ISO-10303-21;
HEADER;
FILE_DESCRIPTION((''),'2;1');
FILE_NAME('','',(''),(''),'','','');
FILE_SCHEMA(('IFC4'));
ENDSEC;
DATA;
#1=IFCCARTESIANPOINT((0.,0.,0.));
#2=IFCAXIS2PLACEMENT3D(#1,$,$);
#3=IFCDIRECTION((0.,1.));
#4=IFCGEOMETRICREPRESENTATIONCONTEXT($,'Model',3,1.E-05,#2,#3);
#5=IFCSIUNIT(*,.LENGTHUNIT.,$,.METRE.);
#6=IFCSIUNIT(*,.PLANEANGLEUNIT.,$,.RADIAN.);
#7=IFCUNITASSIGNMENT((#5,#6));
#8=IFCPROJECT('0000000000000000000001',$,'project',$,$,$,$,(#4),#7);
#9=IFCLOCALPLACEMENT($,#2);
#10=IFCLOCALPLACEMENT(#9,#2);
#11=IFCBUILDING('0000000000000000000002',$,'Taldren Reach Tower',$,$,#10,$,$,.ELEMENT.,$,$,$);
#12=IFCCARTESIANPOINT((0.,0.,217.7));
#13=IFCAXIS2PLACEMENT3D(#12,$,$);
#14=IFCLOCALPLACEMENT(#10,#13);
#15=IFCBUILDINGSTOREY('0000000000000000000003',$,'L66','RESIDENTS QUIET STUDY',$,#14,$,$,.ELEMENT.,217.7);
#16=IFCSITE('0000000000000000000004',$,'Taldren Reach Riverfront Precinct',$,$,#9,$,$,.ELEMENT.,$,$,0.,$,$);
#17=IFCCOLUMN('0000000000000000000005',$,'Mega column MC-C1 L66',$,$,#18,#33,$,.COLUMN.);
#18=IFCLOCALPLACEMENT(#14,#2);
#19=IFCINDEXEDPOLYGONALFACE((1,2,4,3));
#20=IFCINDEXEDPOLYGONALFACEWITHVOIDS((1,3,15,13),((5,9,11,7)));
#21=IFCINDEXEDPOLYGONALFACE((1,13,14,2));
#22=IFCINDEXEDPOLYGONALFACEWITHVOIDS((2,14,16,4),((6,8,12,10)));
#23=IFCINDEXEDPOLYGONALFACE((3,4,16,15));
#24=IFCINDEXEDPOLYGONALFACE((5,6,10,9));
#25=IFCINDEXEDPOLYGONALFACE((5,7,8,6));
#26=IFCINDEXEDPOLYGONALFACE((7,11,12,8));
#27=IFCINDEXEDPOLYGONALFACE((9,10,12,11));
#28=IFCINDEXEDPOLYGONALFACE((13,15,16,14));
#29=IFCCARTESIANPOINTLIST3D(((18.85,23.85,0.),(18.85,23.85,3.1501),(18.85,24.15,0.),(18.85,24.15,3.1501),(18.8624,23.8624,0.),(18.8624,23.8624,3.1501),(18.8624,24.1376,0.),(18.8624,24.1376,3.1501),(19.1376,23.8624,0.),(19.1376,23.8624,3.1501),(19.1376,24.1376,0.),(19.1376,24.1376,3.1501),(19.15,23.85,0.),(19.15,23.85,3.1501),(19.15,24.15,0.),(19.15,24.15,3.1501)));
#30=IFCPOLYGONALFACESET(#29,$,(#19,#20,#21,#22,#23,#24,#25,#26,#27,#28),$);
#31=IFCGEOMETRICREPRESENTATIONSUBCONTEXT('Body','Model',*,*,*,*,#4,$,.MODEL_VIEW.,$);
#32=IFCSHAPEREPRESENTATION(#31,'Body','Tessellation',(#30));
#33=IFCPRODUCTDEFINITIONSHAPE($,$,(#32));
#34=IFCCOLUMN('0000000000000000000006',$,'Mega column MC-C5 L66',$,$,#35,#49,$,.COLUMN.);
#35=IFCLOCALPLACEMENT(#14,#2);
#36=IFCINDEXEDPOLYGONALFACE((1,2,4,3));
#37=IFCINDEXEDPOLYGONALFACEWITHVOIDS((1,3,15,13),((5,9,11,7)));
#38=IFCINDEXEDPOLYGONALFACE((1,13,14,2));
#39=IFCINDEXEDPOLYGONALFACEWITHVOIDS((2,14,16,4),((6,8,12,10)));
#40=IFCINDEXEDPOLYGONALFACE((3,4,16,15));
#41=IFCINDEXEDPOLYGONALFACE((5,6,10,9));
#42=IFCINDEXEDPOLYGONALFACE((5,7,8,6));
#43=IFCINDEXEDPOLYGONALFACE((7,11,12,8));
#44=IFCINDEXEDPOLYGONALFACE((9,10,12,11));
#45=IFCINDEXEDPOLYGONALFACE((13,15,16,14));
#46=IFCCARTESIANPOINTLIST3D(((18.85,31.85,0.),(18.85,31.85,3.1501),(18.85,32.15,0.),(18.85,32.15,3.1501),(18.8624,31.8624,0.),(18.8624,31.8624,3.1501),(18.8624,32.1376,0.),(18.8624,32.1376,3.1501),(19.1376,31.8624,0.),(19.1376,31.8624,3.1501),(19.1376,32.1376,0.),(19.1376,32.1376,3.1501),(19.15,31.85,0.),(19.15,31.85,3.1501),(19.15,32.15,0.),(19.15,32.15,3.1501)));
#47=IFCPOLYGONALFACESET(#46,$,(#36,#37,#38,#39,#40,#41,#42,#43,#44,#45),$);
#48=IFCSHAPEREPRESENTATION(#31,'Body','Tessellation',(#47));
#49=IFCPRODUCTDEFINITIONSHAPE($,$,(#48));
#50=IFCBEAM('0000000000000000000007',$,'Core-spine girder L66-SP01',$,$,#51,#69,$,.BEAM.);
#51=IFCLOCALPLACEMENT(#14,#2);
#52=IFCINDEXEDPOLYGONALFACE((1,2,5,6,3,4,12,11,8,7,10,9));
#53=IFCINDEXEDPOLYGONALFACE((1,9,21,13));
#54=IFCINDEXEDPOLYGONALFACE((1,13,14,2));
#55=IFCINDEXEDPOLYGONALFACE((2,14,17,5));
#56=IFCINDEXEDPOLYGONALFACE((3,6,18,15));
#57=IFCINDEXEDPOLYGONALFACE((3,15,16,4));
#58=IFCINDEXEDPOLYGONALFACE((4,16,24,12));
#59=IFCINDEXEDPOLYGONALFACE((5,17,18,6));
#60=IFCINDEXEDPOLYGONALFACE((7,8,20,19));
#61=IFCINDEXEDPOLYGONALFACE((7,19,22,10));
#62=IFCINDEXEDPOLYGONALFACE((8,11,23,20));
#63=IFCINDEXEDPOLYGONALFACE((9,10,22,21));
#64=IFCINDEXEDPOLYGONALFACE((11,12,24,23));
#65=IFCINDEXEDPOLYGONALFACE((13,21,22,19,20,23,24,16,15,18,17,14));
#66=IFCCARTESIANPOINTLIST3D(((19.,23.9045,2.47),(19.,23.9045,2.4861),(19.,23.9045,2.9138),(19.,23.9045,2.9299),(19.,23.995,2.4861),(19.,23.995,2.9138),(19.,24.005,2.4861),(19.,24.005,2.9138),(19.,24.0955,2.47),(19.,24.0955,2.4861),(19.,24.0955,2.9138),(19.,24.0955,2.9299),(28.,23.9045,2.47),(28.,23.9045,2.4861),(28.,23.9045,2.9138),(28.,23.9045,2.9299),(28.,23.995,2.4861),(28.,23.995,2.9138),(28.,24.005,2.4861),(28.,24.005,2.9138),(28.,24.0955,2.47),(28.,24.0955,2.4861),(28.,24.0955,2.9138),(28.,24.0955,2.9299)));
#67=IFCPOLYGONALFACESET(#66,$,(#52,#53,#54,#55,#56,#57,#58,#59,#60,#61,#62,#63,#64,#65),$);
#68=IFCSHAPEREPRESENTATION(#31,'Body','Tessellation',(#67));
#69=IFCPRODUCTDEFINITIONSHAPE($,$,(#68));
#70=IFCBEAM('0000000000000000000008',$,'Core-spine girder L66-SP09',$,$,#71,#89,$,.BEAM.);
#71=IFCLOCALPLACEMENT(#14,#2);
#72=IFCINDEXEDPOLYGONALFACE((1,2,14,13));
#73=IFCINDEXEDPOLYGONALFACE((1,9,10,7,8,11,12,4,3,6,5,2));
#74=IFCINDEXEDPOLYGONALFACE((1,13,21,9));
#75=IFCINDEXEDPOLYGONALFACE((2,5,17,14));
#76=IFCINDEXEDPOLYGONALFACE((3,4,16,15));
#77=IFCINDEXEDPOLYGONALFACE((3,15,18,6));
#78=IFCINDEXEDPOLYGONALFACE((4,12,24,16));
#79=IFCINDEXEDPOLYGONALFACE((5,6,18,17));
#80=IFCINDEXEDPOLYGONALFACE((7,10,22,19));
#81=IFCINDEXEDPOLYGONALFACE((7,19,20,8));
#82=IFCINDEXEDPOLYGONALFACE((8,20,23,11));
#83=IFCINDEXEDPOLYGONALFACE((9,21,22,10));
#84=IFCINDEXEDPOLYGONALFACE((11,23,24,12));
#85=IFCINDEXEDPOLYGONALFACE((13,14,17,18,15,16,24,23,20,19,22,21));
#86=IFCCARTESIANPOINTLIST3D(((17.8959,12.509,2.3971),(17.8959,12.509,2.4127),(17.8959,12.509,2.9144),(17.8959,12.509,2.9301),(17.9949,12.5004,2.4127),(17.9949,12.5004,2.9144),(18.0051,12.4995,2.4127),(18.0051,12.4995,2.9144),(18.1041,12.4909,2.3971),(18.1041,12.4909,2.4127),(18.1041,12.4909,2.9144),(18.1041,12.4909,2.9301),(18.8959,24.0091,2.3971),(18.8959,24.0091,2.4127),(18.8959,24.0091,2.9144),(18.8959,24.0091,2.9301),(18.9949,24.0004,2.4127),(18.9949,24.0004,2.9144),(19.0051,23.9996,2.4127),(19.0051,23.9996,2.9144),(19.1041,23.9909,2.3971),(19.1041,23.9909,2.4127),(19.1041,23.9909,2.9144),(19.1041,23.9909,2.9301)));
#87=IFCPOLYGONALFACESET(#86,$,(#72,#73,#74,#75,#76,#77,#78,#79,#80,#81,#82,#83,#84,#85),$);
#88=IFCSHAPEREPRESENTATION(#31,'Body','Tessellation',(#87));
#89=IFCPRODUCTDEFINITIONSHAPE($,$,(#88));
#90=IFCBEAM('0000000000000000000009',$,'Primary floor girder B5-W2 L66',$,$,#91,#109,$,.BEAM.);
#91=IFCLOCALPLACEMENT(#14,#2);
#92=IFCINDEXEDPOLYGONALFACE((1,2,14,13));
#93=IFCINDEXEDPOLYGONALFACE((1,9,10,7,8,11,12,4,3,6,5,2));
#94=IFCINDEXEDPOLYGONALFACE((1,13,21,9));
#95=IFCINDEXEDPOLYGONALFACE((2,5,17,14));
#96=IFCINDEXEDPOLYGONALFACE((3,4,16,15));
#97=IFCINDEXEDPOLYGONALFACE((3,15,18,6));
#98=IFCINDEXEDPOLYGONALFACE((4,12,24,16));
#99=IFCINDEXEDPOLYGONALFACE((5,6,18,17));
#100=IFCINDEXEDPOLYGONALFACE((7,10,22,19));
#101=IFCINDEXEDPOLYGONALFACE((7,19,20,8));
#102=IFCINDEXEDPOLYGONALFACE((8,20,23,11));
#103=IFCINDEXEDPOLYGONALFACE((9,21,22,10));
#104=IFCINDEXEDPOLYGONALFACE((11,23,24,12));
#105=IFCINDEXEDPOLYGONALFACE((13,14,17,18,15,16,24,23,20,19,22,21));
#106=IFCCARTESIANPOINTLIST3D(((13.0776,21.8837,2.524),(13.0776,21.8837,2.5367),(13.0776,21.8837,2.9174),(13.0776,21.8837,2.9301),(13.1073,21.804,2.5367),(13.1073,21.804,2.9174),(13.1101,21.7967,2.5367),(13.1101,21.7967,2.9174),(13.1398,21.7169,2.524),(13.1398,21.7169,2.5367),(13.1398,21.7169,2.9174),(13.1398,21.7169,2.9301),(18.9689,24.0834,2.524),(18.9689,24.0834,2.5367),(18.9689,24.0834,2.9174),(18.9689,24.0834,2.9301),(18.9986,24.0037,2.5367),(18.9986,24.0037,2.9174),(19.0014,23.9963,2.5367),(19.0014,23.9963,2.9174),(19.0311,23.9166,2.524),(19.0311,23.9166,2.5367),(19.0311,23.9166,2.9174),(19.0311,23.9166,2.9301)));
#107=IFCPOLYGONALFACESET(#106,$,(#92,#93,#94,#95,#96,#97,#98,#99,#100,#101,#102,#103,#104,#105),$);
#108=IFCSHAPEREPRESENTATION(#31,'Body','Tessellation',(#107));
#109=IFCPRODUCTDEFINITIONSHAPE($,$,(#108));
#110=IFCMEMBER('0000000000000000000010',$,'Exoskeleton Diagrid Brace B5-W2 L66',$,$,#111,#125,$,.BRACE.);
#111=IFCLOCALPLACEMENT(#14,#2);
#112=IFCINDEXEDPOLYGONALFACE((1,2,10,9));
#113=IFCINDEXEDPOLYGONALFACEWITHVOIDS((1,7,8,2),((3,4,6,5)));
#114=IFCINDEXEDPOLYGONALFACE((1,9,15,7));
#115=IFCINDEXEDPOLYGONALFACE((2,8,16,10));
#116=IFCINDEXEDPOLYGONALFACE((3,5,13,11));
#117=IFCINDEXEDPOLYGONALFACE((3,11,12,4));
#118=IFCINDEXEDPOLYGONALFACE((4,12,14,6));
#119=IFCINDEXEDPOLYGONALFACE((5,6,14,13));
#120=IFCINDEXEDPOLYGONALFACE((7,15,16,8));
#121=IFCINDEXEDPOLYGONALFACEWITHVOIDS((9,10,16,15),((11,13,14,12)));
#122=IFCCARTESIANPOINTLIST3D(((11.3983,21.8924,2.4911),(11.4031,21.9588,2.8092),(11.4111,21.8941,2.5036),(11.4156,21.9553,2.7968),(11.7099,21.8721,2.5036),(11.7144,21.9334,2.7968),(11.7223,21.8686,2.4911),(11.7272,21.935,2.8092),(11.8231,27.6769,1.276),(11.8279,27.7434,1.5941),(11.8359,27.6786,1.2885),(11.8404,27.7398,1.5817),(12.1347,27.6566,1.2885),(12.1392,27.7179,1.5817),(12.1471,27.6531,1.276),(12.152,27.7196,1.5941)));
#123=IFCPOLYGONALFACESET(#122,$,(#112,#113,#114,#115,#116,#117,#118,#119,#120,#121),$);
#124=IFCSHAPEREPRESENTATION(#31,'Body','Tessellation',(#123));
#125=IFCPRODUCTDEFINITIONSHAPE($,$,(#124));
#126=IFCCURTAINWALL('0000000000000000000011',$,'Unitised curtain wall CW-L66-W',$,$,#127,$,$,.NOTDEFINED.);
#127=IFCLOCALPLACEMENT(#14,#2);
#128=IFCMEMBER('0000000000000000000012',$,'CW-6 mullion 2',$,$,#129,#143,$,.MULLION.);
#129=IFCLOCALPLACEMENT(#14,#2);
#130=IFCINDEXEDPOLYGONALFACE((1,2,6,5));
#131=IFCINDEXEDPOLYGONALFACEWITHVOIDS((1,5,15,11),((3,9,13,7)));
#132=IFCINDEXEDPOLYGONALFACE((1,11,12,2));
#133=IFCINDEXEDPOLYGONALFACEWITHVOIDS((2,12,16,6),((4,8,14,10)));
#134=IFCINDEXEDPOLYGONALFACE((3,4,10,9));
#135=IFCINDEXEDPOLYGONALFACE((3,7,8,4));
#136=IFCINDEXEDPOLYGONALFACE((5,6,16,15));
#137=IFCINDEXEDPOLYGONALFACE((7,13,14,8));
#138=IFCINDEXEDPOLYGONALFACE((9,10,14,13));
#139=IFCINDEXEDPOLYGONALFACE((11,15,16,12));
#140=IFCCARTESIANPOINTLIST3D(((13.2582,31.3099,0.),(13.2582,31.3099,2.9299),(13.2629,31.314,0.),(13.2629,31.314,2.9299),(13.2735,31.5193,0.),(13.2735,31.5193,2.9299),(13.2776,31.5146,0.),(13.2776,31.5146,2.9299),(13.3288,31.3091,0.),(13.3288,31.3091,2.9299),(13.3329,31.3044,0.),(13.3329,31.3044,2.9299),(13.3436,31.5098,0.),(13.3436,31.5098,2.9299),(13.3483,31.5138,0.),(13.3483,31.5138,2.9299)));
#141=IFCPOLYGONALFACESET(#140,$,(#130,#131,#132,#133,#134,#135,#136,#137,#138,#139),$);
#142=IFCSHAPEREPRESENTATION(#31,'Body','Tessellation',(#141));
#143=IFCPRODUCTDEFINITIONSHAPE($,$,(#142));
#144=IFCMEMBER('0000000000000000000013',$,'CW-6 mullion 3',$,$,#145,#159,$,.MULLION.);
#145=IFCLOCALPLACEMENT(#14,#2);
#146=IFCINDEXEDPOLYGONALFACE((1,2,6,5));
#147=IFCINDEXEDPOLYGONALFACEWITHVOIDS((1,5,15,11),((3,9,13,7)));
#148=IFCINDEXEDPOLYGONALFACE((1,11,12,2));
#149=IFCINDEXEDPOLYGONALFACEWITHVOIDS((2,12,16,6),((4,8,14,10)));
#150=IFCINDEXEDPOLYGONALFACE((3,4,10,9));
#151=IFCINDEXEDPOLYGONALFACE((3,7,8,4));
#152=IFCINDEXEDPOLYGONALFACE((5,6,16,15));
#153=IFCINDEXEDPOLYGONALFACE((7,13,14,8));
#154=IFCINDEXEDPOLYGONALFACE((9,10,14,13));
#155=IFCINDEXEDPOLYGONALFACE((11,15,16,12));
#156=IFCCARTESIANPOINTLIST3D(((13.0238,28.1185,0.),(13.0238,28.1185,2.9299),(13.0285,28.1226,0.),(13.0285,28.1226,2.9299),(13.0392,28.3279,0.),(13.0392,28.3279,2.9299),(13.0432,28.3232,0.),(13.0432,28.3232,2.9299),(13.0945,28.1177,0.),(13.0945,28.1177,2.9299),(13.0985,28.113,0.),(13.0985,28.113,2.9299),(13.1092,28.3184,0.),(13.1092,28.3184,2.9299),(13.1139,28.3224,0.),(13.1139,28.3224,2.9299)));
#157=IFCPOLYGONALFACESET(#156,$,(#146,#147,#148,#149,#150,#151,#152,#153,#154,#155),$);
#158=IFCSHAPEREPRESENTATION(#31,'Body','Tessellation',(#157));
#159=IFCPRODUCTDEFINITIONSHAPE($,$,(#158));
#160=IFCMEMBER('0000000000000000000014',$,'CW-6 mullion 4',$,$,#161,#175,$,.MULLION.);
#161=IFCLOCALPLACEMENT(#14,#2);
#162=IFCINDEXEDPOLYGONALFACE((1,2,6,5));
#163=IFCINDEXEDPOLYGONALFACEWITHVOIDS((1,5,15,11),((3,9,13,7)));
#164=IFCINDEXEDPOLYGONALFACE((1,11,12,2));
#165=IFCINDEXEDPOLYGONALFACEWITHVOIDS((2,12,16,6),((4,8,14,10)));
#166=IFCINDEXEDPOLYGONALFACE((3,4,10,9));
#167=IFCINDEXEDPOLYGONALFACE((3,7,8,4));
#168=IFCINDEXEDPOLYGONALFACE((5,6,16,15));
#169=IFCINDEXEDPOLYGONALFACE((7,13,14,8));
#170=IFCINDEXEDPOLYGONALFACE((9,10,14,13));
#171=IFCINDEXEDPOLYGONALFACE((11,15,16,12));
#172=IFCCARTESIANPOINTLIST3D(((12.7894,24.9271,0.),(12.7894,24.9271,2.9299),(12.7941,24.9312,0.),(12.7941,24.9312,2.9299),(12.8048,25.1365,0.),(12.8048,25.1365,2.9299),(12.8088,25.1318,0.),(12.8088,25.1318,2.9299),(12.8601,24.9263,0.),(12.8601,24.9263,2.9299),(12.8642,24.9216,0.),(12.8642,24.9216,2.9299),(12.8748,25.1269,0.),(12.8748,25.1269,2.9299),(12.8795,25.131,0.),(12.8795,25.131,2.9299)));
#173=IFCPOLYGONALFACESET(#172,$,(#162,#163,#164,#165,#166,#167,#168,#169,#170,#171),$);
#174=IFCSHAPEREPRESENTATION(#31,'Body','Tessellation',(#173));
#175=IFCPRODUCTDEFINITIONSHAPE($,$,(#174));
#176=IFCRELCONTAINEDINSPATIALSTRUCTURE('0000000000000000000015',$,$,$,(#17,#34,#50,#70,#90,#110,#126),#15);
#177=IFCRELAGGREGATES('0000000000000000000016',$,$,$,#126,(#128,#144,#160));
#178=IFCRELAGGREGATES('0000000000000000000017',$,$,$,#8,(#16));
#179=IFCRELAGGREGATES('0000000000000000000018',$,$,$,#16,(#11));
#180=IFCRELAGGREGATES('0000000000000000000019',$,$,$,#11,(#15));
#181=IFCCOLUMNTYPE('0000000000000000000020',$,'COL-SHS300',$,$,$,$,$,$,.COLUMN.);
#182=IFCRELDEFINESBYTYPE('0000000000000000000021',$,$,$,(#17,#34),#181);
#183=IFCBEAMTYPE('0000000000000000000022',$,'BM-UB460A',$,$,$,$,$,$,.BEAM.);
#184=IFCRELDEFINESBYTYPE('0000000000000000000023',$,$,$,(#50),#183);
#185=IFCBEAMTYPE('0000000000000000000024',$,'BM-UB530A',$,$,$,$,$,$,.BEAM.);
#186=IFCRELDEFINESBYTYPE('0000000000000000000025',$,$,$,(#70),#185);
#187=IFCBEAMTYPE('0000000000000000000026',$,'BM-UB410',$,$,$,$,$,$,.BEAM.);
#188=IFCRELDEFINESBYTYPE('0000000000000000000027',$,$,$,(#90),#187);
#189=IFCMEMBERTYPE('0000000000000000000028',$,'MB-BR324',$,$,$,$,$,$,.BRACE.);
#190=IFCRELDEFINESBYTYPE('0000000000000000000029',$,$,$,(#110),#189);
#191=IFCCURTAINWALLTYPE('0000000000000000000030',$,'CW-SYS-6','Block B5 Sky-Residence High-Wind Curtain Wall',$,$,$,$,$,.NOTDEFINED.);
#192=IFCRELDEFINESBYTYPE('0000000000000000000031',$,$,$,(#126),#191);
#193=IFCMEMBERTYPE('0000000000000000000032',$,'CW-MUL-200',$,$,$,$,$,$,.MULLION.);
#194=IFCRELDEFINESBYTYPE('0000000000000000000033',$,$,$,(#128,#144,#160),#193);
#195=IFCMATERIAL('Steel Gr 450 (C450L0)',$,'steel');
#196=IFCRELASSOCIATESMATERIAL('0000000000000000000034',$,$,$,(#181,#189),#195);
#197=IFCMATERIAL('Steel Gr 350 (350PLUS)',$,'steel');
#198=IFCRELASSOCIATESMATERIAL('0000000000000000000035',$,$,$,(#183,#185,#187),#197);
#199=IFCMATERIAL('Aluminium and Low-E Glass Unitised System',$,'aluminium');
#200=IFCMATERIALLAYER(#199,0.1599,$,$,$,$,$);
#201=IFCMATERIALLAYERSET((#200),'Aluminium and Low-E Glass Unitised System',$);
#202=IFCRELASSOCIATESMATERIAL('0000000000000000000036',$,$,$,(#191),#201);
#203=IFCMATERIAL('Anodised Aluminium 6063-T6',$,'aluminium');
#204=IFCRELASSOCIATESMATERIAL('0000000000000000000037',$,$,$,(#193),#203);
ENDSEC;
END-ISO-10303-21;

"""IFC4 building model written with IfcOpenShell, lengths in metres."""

from ifc_helpers import new_model, si_unit, direction, frame, origin, origin_2d, place, context, subcontext, project, spatial, hollow_rectangle, i_section, extrude, source, transform, mapped, material, layer, layer_set, material_profile, profile_set, type_object, element, aggregate, save


model = new_model("IFC4")

# Units and contexts
model_context = context("Model", 3, precision=1e-05, world=origin(), true_north=direction((0.0, 1.0)))
body_context = subcontext(model_context, "Body", "Model", "MODEL_VIEW")
ifc_project = project(units=[si_unit("LENGTHUNIT", "METRE"), si_unit("PLANEANGLEUNIT", "RADIAN")], contexts=[model_context])

# Site, building, storey
site_placement = place(None, origin())
site = spatial("IfcSite", under=ifc_project, at=site_placement, Name="Taldren Reach Riverfront Precinct", CompositionType="ELEMENT", RefElevation=0.0)
building_placement = place(site_placement, origin())
building = spatial("IfcBuilding", under=site, at=building_placement, Name="Taldren Reach Tower", CompositionType="ELEMENT")
storey_placement = place(building_placement, frame((0.0, 0.0, 217.7)))
storey = spatial("IfcBuildingStorey", under=building, at=storey_placement, Name="L66", Description="RESIDENTS QUIET STUDY", CompositionType="ELEMENT", Elevation=217.7)

# Columns
ifc_material_1 = material(Name="Steel Gr 450 (C450L0)", Category="steel")
ifc_material_profile_1 = material_profile(ifc_material_1, hollow_rectangle(XDim=0.3, YDim=0.3, WallThickness=0.0125, at=origin_2d()), Name="300x300x12.5SHS")
ifc_profile_set_1 = profile_set([ifc_material_profile_1], Name="Steel Gr 450 (C450L0)")
column_type = type_object("IfcColumnType", Name="COL-SHS300", PredefinedType="COLUMN", material=ifc_profile_set_1)
shared_shape_1 = source(origin(), body_context, "Body", "SweptSolid", [
    extrude(hollow_rectangle(XDim=0.3, YDim=0.3, WallThickness=0.0125, at=origin_2d()), origin(), (0.0, 0.0, 1.0), 3.1501),
])
for number, where, z_axis, x_axis, name in (
    (1, (19.0, 24.0, 0.0), (0.0, 0.0, 1.0), (1.0, 0.0, 0.0), "Mega column MC-C1 L66"),
    (2, (19.0, 32.0, 0.0), (0.0, 0.0, 1.0), (1.0, 0.0, 0.0), "Mega column MC-C5 L66"),
):
    element("IfcColumn", number, at=place(storey_placement, frame(where, z_axis=z_axis, x_axis=x_axis)), inside=storey, type_object=column_type, Name=name, PredefinedType="COLUMN", context=body_context, shape_type="MappedRepresentation", body=[
        mapped(shared_shape_1, transform((0.0, 0.0, 0.0), scale=1.0)),
    ])

# Beams
ifc_material_2 = material(Name="Steel Gr 350 (350PLUS)", Category="steel")
ifc_material_profile_2 = material_profile(ifc_material_2, i_section(OverallWidth=0.1909, OverallDepth=0.46, WebThickness=0.01, FlangeThickness=0.0161, at=origin_2d()), Name="460UB82.1")
ifc_profile_set_2 = profile_set([ifc_material_profile_2], Name="Steel Gr 350 (350PLUS)")
beam_type_1 = type_object("IfcBeamType", Name="BM-UB460A", PredefinedType="BEAM", material=ifc_profile_set_2)
shared_shape_2 = source(origin(), body_context, "Body", "SweptSolid", [
    extrude(i_section(OverallWidth=0.1909, OverallDepth=0.46, WebThickness=0.01, FlangeThickness=0.0161, at=origin_2d()), origin(), (0.0, 0.0, 1.0), 9.0),
])
beam_1_placement = place(storey_placement, frame((19.0, 24.0, 2.7), z_axis=(1.0, 0.0, 0.0), x_axis=(0.0, 1.0, 0.0)))
element("IfcBeam", 3, at=beam_1_placement, inside=storey, type_object=beam_type_1, Name="Core-spine girder L66-SP01", PredefinedType="BEAM", context=body_context, shape_type="MappedRepresentation", body=[
    mapped(shared_shape_2, transform((0.0, 0.0, 0.0), scale=1.0)),
])
ifc_material_profile_3 = material_profile(ifc_material_2, i_section(OverallWidth=0.209, OverallDepth=0.533, WebThickness=0.0103, FlangeThickness=0.0156, at=origin_2d()), Name="530UB92.4")
ifc_profile_set_3 = profile_set([ifc_material_profile_3], Name="Steel Gr 350 (350PLUS)")
beam_type_2 = type_object("IfcBeamType", Name="BM-UB530A", PredefinedType="BEAM", material=ifc_profile_set_3)
shared_shape_3 = source(origin(), body_context, "Body", "SweptSolid", [
    extrude(i_section(OverallWidth=0.209, OverallDepth=0.533, WebThickness=0.0103, FlangeThickness=0.0156, at=origin_2d()), origin(), (0.0, 0.0, 1.0), 11.5435),
])
beam_2_placement = place(storey_placement, frame((19.0, 24.0, 2.6636), z_axis=(-0.08663, -0.996241, 0.0), x_axis=(0.996241, -0.08663, 0.0)))
element("IfcBeam", 4, at=beam_2_placement, inside=storey, type_object=beam_type_2, Name="Core-spine girder L66-SP09", PredefinedType="BEAM", context=body_context, shape_type="MappedRepresentation", body=[
    mapped(shared_shape_3, transform((0.0, 0.0, 0.0), scale=1.0)),
])
ifc_material_profile_4 = material_profile(ifc_material_2, i_section(OverallWidth=0.178, OverallDepth=0.406, WebThickness=0.0078, FlangeThickness=0.0127, at=origin_2d()), Name="410UB59.7")
ifc_profile_set_4 = profile_set([ifc_material_profile_4], Name="Steel Gr 350 (350PLUS)")
beam_type_3 = type_object("IfcBeamType", Name="BM-UB410", PredefinedType="BEAM", material=ifc_profile_set_4)
shared_shape_4 = source(origin(), body_context, "Body", "SweptSolid", [
    extrude(i_section(OverallWidth=0.178, OverallDepth=0.406, WebThickness=0.0078, FlangeThickness=0.0127, at=origin_2d()), origin(), (0.0, 0.0, 1.0), 6.2886),
])
beam_3_placement = place(storey_placement, frame((19.0, 24.0, 2.7271), z_axis=(-0.936828, -0.349791, 0.0), x_axis=(0.349791, -0.936828, 0.0)))
element("IfcBeam", 5, at=beam_3_placement, inside=storey, type_object=beam_type_3, Name="Primary floor girder B5-W2 L66", PredefinedType="BEAM", context=body_context, shape_type="MappedRepresentation", body=[
    mapped(shared_shape_4, transform((0.0, 0.0, 0.0), scale=1.0)),
])

# Member
ifc_material_profile_5 = material_profile(ifc_material_1, hollow_rectangle(XDim=0.325, YDim=0.325, WallThickness=0.0127, at=origin_2d()), Name="325x325x12.7SHS")
ifc_profile_set_5 = profile_set([ifc_material_profile_5], Name="Steel Gr 450 (C450L0)")
member_type_1 = type_object("IfcMemberType", Name="MB-BR324", PredefinedType="BRACE", material=ifc_profile_set_5)
shared_shape_5 = source(origin(), body_context, "Body", "SweptSolid", [
    extrude(hollow_rectangle(XDim=0.325, YDim=0.325, WallThickness=0.0127, at=origin_2d()), origin(), (0.0, 0.0, 1.0), 5.926),
])
member_1_placement = place(storey_placement, frame((11.9875, 27.6982, 1.4351), z_axis=(-0.071686, -0.976123, 0.205046), x_axis=(0.997314, -0.073242, 0.0)))
element("IfcMember", 6, at=member_1_placement, inside=storey, type_object=member_type_1, Name="Exoskeleton Diagrid Brace B5-W2 L66", PredefinedType="BRACE", context=body_context, shape_type="MappedRepresentation", body=[
    mapped(shared_shape_5, transform((0.0, 0.0, 0.0), scale=1.0)),
])

# Curtain wall, members
ifc_material_3 = material(Name="Aluminium and Low-E Glass Unitised System", Category="aluminium")
ifc_layer_1 = layer(ifc_material_3, 0.1599)
ifc_layer_set_1 = layer_set([ifc_layer_1], Name="Aluminium and Low-E Glass Unitised System")
curtain_wall_type = type_object("IfcCurtainWallType", Name="CW-SYS-6", Description="Block B5 Sky-Residence High-Wind Curtain Wall", PredefinedType="NOTDEFINED", material=ifc_layer_set_1)
curtain_wall_placement = place(storey_placement, origin())
curtain_wall = element("IfcCurtainWall", 7, at=curtain_wall_placement, inside=storey, type_object=curtain_wall_type, Name="Unitised curtain wall CW-L66-W", PredefinedType="NOTDEFINED")
ifc_material_4 = material(Name="Anodised Aluminium 6063-T6", Category="aluminium")
ifc_material_profile_6 = material_profile(ifc_material_4, hollow_rectangle(XDim=0.075, YDim=0.21, WallThickness=0.0044, at=origin_2d()), Name="ALU-210x75x4.5RHS")
ifc_profile_set_6 = profile_set([ifc_material_profile_6], Name="Anodised Aluminium 6063-T6")
member_type_2 = type_object("IfcMemberType", Name="CW-MUL-200", PredefinedType="MULLION", material=ifc_profile_set_6)
shared_shape_6 = source(origin(), body_context, "Body", "SweptSolid", [
    extrude(hollow_rectangle(XDim=0.075, YDim=0.21, WallThickness=0.0044, at=origin_2d()), origin(), (0.0, 0.0, 1.0), 2.9299),
])
member_2_placement = place(storey_placement, frame((13.3032, 31.4119, 0.0), z_axis=(0.0, 0.0, 1.0), x_axis=(0.997314, -0.073238, 0.0)))
member_2 = element("IfcMember", 8, at=member_2_placement, type_object=member_type_2, Name="CW-6 mullion 2", PredefinedType="MULLION", context=body_context, shape_type="MappedRepresentation", body=[
    mapped(shared_shape_6, transform((0.0, 0.0, 0.0), scale=1.0)),
])
member_3_placement = place(storey_placement, frame((13.0688, 28.2205, 0.0), z_axis=(0.0, 0.0, 1.0), x_axis=(0.997314, -0.073238, 0.0)))
member_3 = element("IfcMember", 9, at=member_3_placement, type_object=member_type_2, Name="CW-6 mullion 3", PredefinedType="MULLION", context=body_context, shape_type="MappedRepresentation", body=[
    mapped(shared_shape_6, transform((0.0, 0.0, 0.0), scale=1.0)),
])
member_4_placement = place(storey_placement, frame((12.8345, 25.0291, 0.0), z_axis=(0.0, 0.0, 1.0), x_axis=(0.997314, -0.073238, 0.0)))
member_4 = element("IfcMember", 10, at=member_4_placement, type_object=member_type_2, Name="CW-6 mullion 4", PredefinedType="MULLION", context=body_context, shape_type="MappedRepresentation", body=[
    mapped(shared_shape_6, transform((0.0, 0.0, 0.0), scale=1.0)),
])

aggregate(curtain_wall, [member_2, member_3, member_4])

save(model, "model.ifc")
